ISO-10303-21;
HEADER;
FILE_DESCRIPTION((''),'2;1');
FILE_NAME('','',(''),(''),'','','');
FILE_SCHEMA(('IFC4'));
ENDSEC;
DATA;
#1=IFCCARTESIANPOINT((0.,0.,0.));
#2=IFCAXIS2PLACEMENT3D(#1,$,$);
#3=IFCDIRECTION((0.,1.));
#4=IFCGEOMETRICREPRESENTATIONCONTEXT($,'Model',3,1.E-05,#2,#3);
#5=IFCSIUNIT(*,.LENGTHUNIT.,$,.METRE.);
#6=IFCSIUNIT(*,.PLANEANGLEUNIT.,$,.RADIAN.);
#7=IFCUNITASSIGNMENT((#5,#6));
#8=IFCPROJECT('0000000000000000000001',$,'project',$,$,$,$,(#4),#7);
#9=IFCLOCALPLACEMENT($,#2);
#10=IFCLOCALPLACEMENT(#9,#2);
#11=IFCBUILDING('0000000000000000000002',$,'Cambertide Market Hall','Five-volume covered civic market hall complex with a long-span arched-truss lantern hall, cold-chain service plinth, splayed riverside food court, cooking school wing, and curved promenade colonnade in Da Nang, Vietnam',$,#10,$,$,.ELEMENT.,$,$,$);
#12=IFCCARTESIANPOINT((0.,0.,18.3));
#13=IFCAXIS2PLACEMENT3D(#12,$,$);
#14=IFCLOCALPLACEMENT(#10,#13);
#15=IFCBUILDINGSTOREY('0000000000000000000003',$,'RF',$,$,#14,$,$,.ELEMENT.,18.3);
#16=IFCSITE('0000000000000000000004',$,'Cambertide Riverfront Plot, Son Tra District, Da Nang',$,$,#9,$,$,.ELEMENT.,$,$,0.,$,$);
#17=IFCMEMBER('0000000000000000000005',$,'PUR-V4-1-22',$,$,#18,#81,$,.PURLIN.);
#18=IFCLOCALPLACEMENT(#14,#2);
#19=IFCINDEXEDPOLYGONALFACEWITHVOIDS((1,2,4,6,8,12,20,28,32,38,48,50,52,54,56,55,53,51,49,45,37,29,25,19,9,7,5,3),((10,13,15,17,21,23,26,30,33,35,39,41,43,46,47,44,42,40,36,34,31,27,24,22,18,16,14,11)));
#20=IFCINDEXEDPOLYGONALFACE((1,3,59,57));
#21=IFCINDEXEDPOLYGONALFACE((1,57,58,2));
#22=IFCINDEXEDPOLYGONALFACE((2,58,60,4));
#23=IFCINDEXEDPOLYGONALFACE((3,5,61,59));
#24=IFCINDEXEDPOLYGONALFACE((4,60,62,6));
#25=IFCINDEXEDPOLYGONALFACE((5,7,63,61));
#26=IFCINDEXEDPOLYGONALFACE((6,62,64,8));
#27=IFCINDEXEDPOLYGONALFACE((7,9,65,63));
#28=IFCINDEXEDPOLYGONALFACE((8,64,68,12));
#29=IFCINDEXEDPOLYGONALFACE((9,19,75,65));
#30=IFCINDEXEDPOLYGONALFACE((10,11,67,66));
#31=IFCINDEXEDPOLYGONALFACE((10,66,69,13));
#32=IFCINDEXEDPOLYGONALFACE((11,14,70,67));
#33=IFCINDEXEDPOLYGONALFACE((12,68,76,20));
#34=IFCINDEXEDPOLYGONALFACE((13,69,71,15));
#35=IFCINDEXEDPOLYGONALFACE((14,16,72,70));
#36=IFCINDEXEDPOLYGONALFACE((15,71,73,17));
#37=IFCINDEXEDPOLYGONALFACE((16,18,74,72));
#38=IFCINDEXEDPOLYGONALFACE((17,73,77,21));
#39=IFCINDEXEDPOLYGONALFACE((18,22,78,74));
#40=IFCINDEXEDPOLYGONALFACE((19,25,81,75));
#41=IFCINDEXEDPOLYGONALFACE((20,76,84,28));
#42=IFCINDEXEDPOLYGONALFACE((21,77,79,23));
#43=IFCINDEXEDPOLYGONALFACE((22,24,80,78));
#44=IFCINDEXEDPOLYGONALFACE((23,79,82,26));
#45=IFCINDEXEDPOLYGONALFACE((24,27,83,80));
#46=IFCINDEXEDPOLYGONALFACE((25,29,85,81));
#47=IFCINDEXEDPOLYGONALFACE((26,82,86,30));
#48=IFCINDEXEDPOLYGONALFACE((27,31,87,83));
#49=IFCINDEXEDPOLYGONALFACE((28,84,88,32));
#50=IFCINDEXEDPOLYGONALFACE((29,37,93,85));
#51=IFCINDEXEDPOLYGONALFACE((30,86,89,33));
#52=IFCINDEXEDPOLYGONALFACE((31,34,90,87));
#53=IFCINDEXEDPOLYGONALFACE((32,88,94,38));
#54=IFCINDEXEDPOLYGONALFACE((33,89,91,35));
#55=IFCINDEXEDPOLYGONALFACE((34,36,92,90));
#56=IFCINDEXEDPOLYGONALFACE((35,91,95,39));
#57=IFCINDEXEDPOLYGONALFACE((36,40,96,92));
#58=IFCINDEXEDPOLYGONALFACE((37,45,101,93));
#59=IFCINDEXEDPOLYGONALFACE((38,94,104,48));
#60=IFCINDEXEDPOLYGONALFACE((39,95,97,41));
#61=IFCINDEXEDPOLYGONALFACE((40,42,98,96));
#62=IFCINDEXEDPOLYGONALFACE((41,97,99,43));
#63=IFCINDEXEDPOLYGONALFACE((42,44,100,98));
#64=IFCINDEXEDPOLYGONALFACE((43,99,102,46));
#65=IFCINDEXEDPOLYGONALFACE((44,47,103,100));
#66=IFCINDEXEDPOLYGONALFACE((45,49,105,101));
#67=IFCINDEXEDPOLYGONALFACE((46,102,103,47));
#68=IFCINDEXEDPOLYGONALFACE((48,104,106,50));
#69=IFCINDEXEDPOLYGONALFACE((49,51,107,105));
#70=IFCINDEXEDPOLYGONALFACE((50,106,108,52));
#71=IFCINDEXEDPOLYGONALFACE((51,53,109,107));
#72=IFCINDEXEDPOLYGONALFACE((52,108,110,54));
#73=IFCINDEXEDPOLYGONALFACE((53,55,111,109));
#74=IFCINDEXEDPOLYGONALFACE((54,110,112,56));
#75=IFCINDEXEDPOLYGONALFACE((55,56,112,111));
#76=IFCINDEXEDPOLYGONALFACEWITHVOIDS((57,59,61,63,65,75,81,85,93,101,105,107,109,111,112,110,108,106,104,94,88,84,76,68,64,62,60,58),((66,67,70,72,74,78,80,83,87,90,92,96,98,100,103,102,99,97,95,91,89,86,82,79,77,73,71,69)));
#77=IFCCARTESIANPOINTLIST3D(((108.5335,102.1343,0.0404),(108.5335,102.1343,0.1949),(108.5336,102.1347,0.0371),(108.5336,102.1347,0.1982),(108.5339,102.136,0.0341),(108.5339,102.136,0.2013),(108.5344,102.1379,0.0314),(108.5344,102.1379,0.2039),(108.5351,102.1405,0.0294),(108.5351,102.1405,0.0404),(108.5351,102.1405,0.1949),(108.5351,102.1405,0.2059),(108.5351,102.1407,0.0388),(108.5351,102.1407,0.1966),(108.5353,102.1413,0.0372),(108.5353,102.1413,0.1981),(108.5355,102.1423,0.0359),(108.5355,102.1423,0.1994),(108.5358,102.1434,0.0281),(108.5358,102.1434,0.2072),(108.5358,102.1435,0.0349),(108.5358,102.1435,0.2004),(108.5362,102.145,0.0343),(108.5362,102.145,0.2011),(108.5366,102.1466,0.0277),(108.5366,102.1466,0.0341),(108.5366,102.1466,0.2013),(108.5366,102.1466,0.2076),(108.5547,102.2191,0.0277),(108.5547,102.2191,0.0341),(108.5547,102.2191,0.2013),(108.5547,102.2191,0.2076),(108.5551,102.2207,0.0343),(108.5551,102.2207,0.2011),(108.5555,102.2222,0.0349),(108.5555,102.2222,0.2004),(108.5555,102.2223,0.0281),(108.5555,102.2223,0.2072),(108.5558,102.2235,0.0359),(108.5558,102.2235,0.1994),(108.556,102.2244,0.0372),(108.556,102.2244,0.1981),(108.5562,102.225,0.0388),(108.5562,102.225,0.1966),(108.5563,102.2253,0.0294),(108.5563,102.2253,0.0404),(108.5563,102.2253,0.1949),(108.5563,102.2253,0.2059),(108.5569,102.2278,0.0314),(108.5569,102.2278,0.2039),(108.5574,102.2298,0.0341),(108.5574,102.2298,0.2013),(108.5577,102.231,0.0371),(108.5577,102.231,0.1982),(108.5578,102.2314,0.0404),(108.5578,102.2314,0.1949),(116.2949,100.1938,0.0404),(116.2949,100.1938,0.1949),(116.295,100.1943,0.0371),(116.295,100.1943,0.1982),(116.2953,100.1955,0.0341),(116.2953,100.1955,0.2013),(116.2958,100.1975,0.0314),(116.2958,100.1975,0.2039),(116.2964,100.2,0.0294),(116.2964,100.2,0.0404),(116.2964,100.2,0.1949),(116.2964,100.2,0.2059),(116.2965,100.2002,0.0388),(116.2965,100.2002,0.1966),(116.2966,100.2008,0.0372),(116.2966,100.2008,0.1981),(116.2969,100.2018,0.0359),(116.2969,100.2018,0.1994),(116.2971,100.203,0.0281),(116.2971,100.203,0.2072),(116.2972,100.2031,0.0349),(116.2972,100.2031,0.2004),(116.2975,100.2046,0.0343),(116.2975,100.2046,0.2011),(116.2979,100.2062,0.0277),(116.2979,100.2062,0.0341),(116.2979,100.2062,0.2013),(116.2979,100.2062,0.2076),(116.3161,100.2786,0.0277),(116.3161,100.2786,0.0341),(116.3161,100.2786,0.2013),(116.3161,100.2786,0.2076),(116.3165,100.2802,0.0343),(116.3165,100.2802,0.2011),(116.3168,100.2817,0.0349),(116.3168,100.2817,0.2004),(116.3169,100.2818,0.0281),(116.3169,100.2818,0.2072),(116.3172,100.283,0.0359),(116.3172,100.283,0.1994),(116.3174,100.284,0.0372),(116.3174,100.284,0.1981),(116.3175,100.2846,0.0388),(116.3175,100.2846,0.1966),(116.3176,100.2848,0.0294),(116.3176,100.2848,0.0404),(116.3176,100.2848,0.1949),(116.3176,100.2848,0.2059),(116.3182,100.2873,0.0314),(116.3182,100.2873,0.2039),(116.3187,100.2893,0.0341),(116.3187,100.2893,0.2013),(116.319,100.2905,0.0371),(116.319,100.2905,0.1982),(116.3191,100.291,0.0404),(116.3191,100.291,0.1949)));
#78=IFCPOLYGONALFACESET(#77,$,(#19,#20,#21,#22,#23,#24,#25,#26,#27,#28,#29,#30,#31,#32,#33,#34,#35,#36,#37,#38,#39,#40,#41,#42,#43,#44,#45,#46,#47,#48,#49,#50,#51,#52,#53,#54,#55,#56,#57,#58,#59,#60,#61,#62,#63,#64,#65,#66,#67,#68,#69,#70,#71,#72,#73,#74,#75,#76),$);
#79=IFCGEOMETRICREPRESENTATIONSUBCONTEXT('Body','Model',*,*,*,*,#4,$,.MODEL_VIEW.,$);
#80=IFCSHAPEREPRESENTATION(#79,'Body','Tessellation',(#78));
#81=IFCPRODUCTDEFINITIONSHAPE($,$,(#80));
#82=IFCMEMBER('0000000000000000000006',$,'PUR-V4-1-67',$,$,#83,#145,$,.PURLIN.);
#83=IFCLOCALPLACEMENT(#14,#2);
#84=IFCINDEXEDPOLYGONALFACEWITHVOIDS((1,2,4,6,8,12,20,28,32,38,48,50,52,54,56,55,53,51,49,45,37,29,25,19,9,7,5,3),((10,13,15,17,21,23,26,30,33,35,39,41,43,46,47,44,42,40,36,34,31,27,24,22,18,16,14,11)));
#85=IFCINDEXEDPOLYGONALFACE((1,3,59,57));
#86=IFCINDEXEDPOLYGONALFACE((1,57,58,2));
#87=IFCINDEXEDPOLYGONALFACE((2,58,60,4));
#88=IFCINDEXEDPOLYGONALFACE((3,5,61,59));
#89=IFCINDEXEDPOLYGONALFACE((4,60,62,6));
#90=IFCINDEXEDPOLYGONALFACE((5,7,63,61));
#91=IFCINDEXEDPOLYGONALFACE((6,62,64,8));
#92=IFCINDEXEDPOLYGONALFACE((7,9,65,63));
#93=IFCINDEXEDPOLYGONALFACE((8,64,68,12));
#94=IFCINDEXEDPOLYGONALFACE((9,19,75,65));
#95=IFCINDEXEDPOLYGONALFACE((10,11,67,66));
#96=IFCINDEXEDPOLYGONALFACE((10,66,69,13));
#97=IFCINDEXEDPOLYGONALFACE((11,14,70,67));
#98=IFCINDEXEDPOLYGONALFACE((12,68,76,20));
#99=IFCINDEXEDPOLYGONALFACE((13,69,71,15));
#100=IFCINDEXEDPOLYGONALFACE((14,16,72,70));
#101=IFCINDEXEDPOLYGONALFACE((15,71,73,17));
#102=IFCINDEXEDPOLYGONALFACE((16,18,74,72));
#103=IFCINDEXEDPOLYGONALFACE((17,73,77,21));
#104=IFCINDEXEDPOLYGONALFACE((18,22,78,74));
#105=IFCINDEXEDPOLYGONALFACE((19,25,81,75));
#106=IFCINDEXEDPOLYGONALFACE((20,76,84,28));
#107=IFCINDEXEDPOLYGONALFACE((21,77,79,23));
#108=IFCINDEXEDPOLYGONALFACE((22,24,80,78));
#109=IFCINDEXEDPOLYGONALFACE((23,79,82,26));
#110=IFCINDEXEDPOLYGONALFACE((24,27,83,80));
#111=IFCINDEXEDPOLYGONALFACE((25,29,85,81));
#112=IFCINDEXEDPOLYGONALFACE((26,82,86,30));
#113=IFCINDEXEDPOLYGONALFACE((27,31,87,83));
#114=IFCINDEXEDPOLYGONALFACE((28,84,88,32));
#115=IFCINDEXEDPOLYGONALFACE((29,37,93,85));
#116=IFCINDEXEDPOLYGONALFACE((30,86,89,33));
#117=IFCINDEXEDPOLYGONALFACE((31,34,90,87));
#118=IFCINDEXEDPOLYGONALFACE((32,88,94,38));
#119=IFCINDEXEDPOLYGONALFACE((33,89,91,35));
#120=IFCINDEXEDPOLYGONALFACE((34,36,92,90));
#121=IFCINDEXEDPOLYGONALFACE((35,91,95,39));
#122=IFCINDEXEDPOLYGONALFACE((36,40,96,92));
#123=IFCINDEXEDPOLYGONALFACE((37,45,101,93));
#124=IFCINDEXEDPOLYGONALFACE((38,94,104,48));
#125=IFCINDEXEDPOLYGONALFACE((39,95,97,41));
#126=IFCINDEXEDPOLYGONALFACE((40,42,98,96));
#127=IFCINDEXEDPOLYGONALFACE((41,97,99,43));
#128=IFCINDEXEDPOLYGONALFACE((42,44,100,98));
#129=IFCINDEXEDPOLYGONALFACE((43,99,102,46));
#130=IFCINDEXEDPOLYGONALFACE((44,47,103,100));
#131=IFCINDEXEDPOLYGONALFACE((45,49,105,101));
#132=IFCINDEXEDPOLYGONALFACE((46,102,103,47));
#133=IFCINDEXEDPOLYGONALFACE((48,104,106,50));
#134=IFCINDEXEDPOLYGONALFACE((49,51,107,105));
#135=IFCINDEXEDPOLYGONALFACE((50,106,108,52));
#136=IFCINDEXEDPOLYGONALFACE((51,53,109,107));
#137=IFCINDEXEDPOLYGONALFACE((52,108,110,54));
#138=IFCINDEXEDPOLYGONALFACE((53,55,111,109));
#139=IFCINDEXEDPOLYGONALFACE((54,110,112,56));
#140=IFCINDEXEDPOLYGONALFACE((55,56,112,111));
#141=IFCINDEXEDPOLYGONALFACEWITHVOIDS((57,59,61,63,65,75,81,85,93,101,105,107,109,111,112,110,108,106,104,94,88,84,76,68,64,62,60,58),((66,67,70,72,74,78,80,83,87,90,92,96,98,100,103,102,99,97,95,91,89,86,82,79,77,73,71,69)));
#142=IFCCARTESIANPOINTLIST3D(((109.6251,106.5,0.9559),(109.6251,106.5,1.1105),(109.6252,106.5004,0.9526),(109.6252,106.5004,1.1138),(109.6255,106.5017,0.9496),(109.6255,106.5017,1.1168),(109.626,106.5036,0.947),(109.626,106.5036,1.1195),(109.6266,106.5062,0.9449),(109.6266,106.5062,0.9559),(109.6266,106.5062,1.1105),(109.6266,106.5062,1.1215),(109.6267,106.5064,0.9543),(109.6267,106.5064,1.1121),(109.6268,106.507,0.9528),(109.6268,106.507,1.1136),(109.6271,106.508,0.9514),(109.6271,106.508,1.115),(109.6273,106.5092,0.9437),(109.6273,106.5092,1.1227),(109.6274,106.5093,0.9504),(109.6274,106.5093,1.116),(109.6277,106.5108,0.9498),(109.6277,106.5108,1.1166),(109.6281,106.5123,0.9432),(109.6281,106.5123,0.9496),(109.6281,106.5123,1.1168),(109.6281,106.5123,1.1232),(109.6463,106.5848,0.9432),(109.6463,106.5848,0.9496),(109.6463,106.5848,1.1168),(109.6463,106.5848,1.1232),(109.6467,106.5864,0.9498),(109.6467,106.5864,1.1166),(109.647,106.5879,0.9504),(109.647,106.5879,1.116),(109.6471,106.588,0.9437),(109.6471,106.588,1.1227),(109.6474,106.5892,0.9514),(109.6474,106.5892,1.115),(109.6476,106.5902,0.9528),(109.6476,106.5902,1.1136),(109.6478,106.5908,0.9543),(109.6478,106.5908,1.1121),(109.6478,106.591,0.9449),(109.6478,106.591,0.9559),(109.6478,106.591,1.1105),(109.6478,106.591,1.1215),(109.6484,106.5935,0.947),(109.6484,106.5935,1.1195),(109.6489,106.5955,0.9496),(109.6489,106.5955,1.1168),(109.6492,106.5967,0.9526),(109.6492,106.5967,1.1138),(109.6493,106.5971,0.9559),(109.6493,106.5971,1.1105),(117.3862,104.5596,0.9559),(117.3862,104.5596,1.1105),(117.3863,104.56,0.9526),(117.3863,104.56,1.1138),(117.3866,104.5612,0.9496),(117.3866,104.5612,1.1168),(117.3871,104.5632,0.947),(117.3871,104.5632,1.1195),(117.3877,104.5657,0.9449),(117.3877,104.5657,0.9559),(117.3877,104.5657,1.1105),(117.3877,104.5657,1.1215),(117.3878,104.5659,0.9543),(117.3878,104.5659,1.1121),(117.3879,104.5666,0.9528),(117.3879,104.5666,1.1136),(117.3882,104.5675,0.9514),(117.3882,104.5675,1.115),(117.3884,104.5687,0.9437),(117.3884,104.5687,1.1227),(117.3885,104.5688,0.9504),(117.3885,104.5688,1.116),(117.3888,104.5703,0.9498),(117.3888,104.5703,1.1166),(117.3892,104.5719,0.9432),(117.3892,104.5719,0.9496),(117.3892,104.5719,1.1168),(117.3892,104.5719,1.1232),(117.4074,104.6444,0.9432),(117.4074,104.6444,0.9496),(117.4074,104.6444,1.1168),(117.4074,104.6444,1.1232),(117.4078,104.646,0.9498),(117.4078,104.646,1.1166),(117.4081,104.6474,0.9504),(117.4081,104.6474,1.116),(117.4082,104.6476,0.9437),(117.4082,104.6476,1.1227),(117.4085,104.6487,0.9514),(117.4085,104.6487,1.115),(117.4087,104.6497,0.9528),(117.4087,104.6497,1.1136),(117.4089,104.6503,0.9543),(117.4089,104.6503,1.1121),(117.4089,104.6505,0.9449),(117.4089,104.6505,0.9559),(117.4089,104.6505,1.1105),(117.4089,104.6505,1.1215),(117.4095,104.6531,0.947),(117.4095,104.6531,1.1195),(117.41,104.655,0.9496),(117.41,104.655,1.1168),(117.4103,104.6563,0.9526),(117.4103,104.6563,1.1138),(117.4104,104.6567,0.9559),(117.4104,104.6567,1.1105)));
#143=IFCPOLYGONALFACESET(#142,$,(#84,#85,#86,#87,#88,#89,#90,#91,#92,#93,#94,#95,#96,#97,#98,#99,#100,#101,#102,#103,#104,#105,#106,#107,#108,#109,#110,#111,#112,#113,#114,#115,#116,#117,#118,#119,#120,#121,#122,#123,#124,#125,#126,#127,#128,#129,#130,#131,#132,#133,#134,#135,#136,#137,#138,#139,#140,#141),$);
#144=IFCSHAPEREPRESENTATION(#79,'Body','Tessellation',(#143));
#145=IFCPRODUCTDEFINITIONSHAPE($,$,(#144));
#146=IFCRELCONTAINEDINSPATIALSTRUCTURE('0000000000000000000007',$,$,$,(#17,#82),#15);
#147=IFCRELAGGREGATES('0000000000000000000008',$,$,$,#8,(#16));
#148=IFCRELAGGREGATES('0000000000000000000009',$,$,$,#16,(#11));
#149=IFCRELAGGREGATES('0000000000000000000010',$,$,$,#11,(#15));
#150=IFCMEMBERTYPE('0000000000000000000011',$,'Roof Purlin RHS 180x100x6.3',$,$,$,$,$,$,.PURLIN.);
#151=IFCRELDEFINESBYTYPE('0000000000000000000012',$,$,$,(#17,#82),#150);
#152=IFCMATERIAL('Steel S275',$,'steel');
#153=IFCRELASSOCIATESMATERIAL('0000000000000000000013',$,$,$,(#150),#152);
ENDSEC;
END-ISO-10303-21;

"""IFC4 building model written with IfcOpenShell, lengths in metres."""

from ifc_helpers import new_model, si_unit, direction, frame, origin, origin_2d, place, context, subcontext, project, spatial, hollow_rectangle, extrude, material, material_profile, profile_set, type_object, element, save


model = new_model("IFC4")

# Units and contexts
model_context = context("Model", 3, precision=1e-05, world=origin(), true_north=direction((0.0, 1.0)))
body_context = subcontext(model_context, "Body", "Model", "MODEL_VIEW")
ifc_project = project(units=[si_unit("LENGTHUNIT", "METRE"), si_unit("PLANEANGLEUNIT", "RADIAN")], contexts=[model_context])

# Site, building, storey
site_placement = place(None, origin())
site = spatial("IfcSite", under=ifc_project, at=site_placement, Name="Cambertide Riverfront Plot, Son Tra District, Da Nang", CompositionType="ELEMENT", RefElevation=0.0)
building_placement = place(site_placement, origin())
building = spatial("IfcBuilding", under=site, at=building_placement, Name="Cambertide Market Hall", Description="Five-volume covered civic market hall complex with a long-span arched-truss lantern hall, cold-chain service plinth, splayed riverside food court, cooking school wing, and curved promenade colonnade in Da Nang, Vietnam", CompositionType="ELEMENT")
storey_placement = place(building_placement, frame((0.0, 0.0, 18.3)))
storey = spatial("IfcBuildingStorey", under=building, at=storey_placement, Name="RF", CompositionType="ELEMENT", Elevation=18.3)

# Members
ifc_material_1 = material(Name="Steel S275", Category="steel")
ifc_material_profile_1 = material_profile(ifc_material_1, hollow_rectangle(XDim=0.1001, YDim=0.1799, WallThickness=0.0063, InnerFilletRadius=0.0063, OuterFilletRadius=0.0127, at=origin_2d()), Name="RHS 180x100x6.3")
ifc_profile_set_1 = profile_set([ifc_material_profile_1], Name="Steel S275")
member_type_1 = type_object("IfcMemberType", Name="Roof Purlin RHS 180x100x6.3", PredefinedType="PURLIN", material=ifc_profile_set_1)
member_1_placement = place(storey_placement, frame((108.5457, 102.1829, 0.1177), z_axis=(0.970139, -0.24255, 0.0), x_axis=(0.24255, 0.970139, 0.0)))
element("IfcMember", 1, at=member_1_placement, inside=storey, type_object=member_type_1, Name="PUR-V4-1-22", PredefinedType="PURLIN", context=body_context, shape_type="SweptSolid", body=[
    extrude(hollow_rectangle(XDim=0.1001, YDim=0.1799, WallThickness=0.0063, InnerFilletRadius=0.0063, OuterFilletRadius=0.0127, at=origin_2d()), origin(), (0.0, 0.0, 1.0), 8.0002),
])
for number, where, z_axis, x_axis, name in (
    (2, (109.6372, 106.5486, 1.0332), (0.970137, -0.242557, 0.0), (0.242557, 0.970137, 0.0), "PUR-V4-1-67"),
):
    element("IfcMember", number, at=place(storey_placement, frame(where, z_axis=z_axis, x_axis=x_axis)), inside=storey, type_object=member_type_1, Name=name, PredefinedType="PURLIN", context=body_context, shape_type="SweptSolid", body=[
        extrude(hollow_rectangle(XDim=0.1001, YDim=0.1799, WallThickness=0.0063, InnerFilletRadius=0.0063, OuterFilletRadius=0.0127, at=origin_2d()), origin(), (0.0, 0.0, 1.0), 8.0),
    ])

save(model, "model.ifc")
